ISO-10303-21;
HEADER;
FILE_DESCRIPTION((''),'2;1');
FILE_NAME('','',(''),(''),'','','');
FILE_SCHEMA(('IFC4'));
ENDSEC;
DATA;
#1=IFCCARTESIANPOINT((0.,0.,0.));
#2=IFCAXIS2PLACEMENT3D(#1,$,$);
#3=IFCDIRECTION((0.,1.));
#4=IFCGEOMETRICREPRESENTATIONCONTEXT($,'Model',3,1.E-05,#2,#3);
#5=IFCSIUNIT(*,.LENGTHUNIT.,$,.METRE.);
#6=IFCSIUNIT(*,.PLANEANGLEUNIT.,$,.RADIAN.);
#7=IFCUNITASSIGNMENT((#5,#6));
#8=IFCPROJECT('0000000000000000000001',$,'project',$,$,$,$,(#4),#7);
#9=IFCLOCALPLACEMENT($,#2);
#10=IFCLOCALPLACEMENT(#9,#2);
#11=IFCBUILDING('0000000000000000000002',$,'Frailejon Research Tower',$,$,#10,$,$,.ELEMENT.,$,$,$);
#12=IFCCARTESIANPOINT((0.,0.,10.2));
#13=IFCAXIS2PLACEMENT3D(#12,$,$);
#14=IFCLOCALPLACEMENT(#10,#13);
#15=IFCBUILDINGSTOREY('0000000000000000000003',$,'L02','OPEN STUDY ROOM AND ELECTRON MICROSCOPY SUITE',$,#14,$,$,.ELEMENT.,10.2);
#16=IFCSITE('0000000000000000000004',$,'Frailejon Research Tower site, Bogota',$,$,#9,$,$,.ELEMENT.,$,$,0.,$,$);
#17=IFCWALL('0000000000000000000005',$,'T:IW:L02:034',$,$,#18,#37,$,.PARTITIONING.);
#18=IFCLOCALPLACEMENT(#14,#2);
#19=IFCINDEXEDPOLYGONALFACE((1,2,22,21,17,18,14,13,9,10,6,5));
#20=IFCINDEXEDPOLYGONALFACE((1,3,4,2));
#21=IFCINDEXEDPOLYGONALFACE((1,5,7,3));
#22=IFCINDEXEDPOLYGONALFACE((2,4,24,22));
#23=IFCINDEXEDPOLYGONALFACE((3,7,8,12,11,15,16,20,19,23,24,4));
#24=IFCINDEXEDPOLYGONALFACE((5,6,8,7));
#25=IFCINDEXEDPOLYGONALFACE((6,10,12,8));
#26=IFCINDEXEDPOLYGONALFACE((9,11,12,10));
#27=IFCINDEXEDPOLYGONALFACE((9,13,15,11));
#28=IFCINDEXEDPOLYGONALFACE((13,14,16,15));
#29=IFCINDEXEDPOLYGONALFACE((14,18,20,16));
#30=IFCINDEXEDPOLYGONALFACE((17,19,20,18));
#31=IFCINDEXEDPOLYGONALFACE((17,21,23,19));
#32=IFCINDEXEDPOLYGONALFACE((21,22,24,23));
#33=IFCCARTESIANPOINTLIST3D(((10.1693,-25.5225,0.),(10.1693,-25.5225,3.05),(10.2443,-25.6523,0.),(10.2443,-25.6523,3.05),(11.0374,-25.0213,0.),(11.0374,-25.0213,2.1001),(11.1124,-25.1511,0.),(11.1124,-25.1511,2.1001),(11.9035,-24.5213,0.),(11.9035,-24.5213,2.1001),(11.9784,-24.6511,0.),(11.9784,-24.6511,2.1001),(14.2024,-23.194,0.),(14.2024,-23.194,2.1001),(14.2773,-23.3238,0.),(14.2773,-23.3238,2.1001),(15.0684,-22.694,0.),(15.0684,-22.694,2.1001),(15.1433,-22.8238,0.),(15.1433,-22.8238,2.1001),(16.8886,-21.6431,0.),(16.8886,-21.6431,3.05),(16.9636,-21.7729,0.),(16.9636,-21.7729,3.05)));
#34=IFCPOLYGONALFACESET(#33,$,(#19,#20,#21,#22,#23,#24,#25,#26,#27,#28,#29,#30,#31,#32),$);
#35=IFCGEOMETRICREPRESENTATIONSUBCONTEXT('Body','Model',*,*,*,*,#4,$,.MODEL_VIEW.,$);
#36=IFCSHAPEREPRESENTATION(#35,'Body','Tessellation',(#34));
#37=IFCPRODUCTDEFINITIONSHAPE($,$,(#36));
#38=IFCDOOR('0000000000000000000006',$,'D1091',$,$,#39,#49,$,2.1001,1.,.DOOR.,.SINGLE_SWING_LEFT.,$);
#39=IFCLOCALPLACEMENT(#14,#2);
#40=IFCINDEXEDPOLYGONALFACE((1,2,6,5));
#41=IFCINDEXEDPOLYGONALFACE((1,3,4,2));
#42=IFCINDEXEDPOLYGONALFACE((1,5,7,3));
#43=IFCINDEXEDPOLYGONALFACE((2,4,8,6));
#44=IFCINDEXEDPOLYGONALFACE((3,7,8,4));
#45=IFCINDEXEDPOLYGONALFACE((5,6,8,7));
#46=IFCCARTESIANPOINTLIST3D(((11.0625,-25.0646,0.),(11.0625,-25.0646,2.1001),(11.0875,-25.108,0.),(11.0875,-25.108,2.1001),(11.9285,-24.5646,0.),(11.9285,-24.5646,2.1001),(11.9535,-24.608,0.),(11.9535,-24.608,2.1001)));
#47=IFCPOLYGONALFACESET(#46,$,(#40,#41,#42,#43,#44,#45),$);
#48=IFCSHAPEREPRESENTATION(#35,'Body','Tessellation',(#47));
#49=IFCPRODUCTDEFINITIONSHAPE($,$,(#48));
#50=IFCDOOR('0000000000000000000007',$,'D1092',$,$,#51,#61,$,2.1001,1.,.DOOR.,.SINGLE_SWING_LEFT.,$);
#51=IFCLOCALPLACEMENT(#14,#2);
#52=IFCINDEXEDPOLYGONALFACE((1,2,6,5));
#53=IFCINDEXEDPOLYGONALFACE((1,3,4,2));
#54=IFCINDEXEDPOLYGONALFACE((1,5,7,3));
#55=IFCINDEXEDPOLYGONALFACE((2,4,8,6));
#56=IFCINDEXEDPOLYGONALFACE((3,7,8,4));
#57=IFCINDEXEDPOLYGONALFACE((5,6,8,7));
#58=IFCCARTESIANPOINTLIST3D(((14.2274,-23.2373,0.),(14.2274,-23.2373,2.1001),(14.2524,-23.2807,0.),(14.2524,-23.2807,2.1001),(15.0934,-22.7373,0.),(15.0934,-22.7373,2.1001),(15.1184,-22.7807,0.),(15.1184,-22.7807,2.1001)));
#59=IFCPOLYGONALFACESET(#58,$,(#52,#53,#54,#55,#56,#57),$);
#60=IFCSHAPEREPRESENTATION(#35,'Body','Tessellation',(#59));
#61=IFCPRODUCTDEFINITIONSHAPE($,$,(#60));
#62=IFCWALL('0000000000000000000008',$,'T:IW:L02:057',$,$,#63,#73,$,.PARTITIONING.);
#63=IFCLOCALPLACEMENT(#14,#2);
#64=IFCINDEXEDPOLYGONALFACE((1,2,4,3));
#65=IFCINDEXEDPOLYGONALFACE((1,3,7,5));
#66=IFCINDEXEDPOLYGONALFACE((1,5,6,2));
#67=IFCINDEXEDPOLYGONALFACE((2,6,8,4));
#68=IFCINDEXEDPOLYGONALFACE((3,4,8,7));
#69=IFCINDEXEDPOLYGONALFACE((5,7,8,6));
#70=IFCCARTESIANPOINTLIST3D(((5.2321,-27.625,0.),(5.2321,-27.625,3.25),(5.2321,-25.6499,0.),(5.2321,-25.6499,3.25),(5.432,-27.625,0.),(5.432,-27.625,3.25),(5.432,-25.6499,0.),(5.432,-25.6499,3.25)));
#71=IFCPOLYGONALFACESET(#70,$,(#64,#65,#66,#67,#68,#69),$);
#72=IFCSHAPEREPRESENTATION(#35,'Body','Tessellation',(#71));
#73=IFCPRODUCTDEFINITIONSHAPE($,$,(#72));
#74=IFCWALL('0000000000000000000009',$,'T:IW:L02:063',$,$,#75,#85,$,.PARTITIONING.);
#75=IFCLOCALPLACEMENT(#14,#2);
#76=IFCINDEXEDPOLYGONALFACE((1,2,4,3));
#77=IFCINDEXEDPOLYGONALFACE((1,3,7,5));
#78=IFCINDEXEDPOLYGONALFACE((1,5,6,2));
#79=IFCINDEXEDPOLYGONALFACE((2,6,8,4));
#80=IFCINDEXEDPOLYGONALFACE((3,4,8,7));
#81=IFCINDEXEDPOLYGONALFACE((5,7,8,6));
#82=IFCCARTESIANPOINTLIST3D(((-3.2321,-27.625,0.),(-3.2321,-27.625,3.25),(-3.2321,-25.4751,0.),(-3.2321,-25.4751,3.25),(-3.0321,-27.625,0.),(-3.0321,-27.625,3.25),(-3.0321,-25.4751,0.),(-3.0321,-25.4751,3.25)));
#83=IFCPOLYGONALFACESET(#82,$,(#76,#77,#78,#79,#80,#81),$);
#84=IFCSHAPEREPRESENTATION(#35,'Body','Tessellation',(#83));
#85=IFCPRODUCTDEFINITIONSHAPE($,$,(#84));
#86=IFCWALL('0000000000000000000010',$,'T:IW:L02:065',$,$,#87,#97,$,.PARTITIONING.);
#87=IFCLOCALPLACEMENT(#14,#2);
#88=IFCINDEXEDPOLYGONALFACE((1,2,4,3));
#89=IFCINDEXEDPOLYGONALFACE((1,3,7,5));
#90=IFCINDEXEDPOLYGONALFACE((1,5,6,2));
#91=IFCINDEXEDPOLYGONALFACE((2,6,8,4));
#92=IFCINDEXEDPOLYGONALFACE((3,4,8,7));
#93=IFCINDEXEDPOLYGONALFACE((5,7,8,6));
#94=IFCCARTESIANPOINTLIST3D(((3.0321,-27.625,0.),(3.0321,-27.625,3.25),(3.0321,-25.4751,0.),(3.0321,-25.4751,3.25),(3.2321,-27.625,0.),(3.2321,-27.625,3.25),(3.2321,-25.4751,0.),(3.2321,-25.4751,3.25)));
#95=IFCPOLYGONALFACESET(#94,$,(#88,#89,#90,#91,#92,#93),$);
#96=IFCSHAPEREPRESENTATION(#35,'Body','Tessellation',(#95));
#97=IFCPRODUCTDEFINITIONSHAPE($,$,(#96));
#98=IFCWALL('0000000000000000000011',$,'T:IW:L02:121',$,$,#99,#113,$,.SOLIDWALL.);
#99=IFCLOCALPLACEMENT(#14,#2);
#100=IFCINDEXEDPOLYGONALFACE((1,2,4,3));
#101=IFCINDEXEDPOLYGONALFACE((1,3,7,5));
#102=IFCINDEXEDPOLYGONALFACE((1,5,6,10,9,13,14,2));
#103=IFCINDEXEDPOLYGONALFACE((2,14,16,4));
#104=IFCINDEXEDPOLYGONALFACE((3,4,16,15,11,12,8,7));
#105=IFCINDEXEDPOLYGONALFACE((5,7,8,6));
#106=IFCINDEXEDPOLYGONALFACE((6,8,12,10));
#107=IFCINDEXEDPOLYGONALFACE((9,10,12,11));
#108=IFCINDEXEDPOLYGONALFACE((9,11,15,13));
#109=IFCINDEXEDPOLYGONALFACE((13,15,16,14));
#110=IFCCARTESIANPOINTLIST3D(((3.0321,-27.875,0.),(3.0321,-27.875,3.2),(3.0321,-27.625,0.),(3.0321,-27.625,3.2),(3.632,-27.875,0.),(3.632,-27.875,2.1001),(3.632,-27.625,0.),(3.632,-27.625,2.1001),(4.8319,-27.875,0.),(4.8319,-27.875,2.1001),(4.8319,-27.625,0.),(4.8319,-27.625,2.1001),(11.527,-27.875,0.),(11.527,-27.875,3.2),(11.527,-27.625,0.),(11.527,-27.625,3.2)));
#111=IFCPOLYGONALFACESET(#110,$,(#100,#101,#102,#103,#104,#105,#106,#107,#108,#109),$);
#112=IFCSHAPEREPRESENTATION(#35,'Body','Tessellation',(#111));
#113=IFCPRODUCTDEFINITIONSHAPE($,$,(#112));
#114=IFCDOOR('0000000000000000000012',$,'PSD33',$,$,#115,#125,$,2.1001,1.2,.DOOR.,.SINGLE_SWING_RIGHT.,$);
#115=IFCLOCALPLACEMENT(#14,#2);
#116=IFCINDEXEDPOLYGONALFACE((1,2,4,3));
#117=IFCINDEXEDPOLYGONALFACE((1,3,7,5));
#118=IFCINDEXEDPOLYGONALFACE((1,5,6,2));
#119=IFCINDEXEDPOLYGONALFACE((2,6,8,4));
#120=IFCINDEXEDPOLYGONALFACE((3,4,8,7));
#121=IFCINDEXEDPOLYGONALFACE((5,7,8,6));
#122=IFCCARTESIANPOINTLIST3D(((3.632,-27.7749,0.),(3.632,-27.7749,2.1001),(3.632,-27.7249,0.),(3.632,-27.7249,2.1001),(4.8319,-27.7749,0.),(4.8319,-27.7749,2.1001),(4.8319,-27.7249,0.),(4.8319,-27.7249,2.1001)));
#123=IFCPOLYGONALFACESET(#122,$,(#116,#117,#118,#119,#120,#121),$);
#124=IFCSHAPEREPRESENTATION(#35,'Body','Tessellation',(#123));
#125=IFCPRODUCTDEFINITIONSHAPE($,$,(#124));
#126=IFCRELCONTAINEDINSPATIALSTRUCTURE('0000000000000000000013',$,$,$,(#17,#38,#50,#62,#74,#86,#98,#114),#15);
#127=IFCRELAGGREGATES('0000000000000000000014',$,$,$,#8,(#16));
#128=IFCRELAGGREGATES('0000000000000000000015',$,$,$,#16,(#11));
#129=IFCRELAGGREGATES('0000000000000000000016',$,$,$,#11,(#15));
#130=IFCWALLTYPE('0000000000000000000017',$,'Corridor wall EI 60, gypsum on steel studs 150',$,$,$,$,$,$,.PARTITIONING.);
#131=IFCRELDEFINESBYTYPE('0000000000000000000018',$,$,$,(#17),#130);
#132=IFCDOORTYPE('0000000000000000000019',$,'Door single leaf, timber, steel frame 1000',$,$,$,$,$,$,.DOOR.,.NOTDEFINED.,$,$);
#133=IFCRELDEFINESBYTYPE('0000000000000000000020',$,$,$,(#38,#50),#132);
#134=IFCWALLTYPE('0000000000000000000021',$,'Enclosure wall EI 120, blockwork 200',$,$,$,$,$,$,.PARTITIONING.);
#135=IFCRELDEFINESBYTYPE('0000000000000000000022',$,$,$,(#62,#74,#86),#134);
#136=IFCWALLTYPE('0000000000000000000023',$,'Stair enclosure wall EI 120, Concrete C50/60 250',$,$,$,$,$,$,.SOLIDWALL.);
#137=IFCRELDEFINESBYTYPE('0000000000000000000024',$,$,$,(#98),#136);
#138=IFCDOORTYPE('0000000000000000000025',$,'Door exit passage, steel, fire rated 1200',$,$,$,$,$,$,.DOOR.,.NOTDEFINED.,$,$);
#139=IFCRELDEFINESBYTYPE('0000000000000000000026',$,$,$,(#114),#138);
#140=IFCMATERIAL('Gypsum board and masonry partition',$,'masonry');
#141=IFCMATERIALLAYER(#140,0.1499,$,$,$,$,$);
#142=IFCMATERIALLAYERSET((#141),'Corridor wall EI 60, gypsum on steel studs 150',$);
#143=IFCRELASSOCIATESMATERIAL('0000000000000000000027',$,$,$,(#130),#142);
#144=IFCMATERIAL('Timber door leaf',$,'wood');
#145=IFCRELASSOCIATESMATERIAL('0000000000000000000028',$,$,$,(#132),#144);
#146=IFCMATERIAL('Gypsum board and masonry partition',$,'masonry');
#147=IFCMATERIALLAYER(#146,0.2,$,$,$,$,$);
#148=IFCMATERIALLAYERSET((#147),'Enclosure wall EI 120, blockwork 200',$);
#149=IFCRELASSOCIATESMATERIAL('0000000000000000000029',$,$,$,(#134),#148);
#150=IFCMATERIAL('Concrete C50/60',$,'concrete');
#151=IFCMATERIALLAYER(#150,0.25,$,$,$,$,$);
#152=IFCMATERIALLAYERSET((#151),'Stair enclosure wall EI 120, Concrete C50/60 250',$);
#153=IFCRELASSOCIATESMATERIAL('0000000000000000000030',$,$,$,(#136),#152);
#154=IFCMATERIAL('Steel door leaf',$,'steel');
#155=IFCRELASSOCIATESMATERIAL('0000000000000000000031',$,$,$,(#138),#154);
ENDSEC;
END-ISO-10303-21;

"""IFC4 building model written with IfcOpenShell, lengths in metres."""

from ifc_helpers import new_model, si_unit, direction, frame, frame_2d, origin, place, context, subcontext, project, spatial, rectangle, extrude, material, layer, layer_set, type_object, element, fill, save


model = new_model("IFC4")

# Units and contexts
model_context = context("Model", 3, precision=1e-05, world=origin(), true_north=direction((0.0, 1.0)))
body_context = subcontext(model_context, "Body", "Model", "MODEL_VIEW")
ifc_project = project(units=[si_unit("LENGTHUNIT", "METRE"), si_unit("PLANEANGLEUNIT", "RADIAN")], contexts=[model_context])

# Site, building, storey
site_placement = place(None, origin())
site = spatial("IfcSite", under=ifc_project, at=site_placement, Name="Frailejon Research Tower site, Bogota", CompositionType="ELEMENT", RefElevation=0.0)
building_placement = place(site_placement, origin())
building = spatial("IfcBuilding", under=site, at=building_placement, Name="Frailejon Research Tower", CompositionType="ELEMENT")
storey_placement = place(building_placement, frame((0.0, 0.0, 10.2)))
storey = spatial("IfcBuildingStorey", under=building, at=storey_placement, Name="L02", Description="OPEN STUDY ROOM AND ELECTRON MICROSCOPY SUITE", CompositionType="ELEMENT", Elevation=10.2)

# Shared definitions
ifc_material_1 = material(Name="Gypsum board and masonry partition", Category="masonry")
ifc_layer_1 = layer(ifc_material_1, 0.1499)
ifc_layer_set_1 = layer_set([ifc_layer_1], Name="Corridor wall EI 60, gypsum on steel studs 150")
wall_type_1 = type_object("IfcWallType", Name="Corridor wall EI 60, gypsum on steel studs 150", PredefinedType="PARTITIONING", material=ifc_layer_set_1)

# Wall, openings, doors
wall_1_placement = place(storey_placement, frame((10.2068, -25.5874, 0.0), z_axis=(0.0, 0.0, 1.0), x_axis=(0.866023, 0.500004, 0.0)))
wall_1 = element("IfcWall", 1, at=wall_1_placement, inside=storey, type_object=wall_type_1, Name="T:IW:L02:034", PredefinedType="PARTITIONING", context=body_context, shape_type="SweptSolid", body=[
    extrude(rectangle(XDim=7.7588, YDim=0.1499, at=frame_2d((3.8794, 0.0))), origin(), (0.0, 0.0, 1.0), 3.05),
])
opening_1_placement = place(wall_1_placement, frame((1.0024, 0.0, 0.0)))
opening_1 = element("IfcOpeningElement", 2, at=opening_1_placement, cuts=wall_1, PredefinedType="OPENING", context=body_context, shape_type="SweptSolid", body=[
    extrude(rectangle(XDim=1.0, YDim=2.1001, at=frame_2d((0.5, 1.05))), frame((0.0, 0.085, 0.0), z_axis=(0.0, -1.0, 0.0), x_axis=(1.0, 0.0, 0.0)), (0.0, 0.0, 1.0), 0.1699),
])
opening_2_placement = place(wall_1_placement, frame((4.657, 0.0, 0.0)))
opening_2 = element("IfcOpeningElement", 3, at=opening_2_placement, cuts=wall_1, PredefinedType="OPENING", context=body_context, shape_type="SweptSolid", body=[
    extrude(rectangle(XDim=1.0, YDim=2.1001, at=frame_2d((0.5, 1.05))), frame((0.0, 0.085, 0.0), z_axis=(0.0, -1.0, 0.0), x_axis=(1.0, 0.0, 0.0)), (0.0, 0.0, 1.0), 0.1699),
])
ifc_material_2 = material(Name="Timber door leaf", Category="wood")
door_type_1 = type_object("IfcDoorType", Name="Door single leaf, timber, steel frame 1000", OperationType="NOTDEFINED", PredefinedType="DOOR", material=ifc_material_2)
door_1_placement = place(opening_1_placement, origin())
door_1 = element("IfcDoor", 4, at=door_1_placement, inside=storey, type_object=door_type_1, Name="D1091", OperationType="SINGLE_SWING_LEFT", OverallHeight=2.1001, OverallWidth=1.0, PredefinedType="DOOR", context=body_context, shape_type="SweptSolid", body=[
    extrude(rectangle(XDim=1.0, YDim=2.1001, at=frame_2d((0.5, 1.05))), frame((0.0, 0.0249, 0.0), z_axis=(0.0, -1.0, 0.0), x_axis=(1.0, 0.0, 0.0)), (0.0, 0.0, 1.0), 0.05),
])
fill(opening_1, door_1)
door_2_placement = place(opening_2_placement, origin())
door_2 = element("IfcDoor", 5, at=door_2_placement, inside=storey, type_object=door_type_1, Name="D1092", OperationType="SINGLE_SWING_LEFT", OverallHeight=2.1001, OverallWidth=1.0, PredefinedType="DOOR", context=body_context, shape_type="SweptSolid", body=[
    extrude(rectangle(XDim=1.0, YDim=2.1001, at=frame_2d((0.5, 1.05))), frame((0.0, 0.0249, 0.0), z_axis=(0.0, -1.0, 0.0), x_axis=(1.0, 0.0, 0.0)), (0.0, 0.0, 1.0), 0.05),
])
fill(opening_2, door_2)

# Walls
ifc_material_3 = material(Name="Gypsum board and masonry partition", Category="masonry")
ifc_layer_2 = layer(ifc_material_3, 0.2)
ifc_layer_set_2 = layer_set([ifc_layer_2], Name="Enclosure wall EI 120, blockwork 200")
wall_type_2 = type_object("IfcWallType", Name="Enclosure wall EI 120, blockwork 200", PredefinedType="PARTITIONING", material=ifc_layer_set_2)
wall_2_placement = place(storey_placement, frame((5.332, -27.625, 0.0), z_axis=(0.0, 0.0, 1.0), x_axis=(0.0, 1.0, 0.0)))
element("IfcWall", 6, at=wall_2_placement, inside=storey, type_object=wall_type_2, Name="T:IW:L02:057", PredefinedType="PARTITIONING", context=body_context, shape_type="SweptSolid", body=[
    extrude(rectangle(XDim=1.9751, YDim=0.2, at=frame_2d((0.9875, 0.0))), origin(), (0.0, 0.0, 1.0), 3.25),
])
for number, where, z_axis, x_axis, name in (
    (7, (-3.1321, -27.625, 0.0), (0.0, 0.0, 1.0), (0.0, 1.0, 0.0), "T:IW:L02:063"),
    (8, (3.1321, -27.625, 0.0), (0.0, 0.0, 1.0), (0.0, 1.0, 0.0), "T:IW:L02:065"),
):
    element("IfcWall", number, at=place(storey_placement, frame(where, z_axis=z_axis, x_axis=x_axis)), inside=storey, type_object=wall_type_2, Name=name, PredefinedType="PARTITIONING", context=body_context, shape_type="SweptSolid", body=[
        extrude(rectangle(XDim=2.1499, YDim=0.2, at=frame_2d((1.075, 0.0))), origin(), (0.0, 0.0, 1.0), 3.25),
    ])

# Wall, opening, door
ifc_material_4 = material(Name="Concrete C50/60", Category="concrete")
ifc_layer_3 = layer(ifc_material_4, 0.25)
ifc_layer_set_3 = layer_set([ifc_layer_3], Name="Stair enclosure wall EI 120, Concrete C50/60 250")
wall_type_3 = type_object("IfcWallType", Name="Stair enclosure wall EI 120, Concrete C50/60 250", PredefinedType="SOLIDWALL", material=ifc_layer_set_3)
wall_3_placement = place(storey_placement, frame((3.032, -27.75, 0.0), z_axis=(0.0, 0.0, 1.0), x_axis=(1.0, 0.0, 0.0)))
wall_3 = element("IfcWall", 9, at=wall_3_placement, inside=storey, type_object=wall_type_3, Name="T:IW:L02:121", PredefinedType="SOLIDWALL", context=body_context, shape_type="SweptSolid", body=[
    extrude(rectangle(XDim=8.4949, YDim=0.25, at=frame_2d((4.2476, 0.0))), origin(), (0.0, 0.0, 1.0), 3.2),
])
opening_3_placement = place(wall_3_placement, frame((1.8, 0.0, 0.0), z_axis=(0.0, 0.0, 1.0), x_axis=(-1.0, 0.0, 0.0)))
opening_3 = element("IfcOpeningElement", 10, at=opening_3_placement, cuts=wall_3, PredefinedType="OPENING", context=body_context, shape_type="SweptSolid", body=[
    extrude(rectangle(XDim=1.2, YDim=2.1001, at=frame_2d((0.6001, 1.05))), frame((0.0, 0.135, 0.0), z_axis=(0.0, -1.0, 0.0), x_axis=(1.0, 0.0, 0.0)), (0.0, 0.0, 1.0), 0.27),
])
ifc_material_5 = material(Name="Steel door leaf", Category="steel")
door_type_2 = type_object("IfcDoorType", Name="Door exit passage, steel, fire rated 1200", OperationType="NOTDEFINED", PredefinedType="DOOR", material=ifc_material_5)
door_3_placement = place(opening_3_placement, origin())
door_3 = element("IfcDoor", 11, at=door_3_placement, inside=storey, type_object=door_type_2, Name="PSD33", OperationType="SINGLE_SWING_RIGHT", OverallHeight=2.1001, OverallWidth=1.2, PredefinedType="DOOR", context=body_context, shape_type="SweptSolid", body=[
    extrude(rectangle(XDim=1.2, YDim=2.1001, at=frame_2d((0.6001, 1.05))), frame((0.0, 0.0249, 0.0), z_axis=(0.0, -1.0, 0.0), x_axis=(1.0, 0.0, 0.0)), (0.0, 0.0, 1.0), 0.05),
])
fill(opening_3, door_3)

save(model, "model.ifc")
